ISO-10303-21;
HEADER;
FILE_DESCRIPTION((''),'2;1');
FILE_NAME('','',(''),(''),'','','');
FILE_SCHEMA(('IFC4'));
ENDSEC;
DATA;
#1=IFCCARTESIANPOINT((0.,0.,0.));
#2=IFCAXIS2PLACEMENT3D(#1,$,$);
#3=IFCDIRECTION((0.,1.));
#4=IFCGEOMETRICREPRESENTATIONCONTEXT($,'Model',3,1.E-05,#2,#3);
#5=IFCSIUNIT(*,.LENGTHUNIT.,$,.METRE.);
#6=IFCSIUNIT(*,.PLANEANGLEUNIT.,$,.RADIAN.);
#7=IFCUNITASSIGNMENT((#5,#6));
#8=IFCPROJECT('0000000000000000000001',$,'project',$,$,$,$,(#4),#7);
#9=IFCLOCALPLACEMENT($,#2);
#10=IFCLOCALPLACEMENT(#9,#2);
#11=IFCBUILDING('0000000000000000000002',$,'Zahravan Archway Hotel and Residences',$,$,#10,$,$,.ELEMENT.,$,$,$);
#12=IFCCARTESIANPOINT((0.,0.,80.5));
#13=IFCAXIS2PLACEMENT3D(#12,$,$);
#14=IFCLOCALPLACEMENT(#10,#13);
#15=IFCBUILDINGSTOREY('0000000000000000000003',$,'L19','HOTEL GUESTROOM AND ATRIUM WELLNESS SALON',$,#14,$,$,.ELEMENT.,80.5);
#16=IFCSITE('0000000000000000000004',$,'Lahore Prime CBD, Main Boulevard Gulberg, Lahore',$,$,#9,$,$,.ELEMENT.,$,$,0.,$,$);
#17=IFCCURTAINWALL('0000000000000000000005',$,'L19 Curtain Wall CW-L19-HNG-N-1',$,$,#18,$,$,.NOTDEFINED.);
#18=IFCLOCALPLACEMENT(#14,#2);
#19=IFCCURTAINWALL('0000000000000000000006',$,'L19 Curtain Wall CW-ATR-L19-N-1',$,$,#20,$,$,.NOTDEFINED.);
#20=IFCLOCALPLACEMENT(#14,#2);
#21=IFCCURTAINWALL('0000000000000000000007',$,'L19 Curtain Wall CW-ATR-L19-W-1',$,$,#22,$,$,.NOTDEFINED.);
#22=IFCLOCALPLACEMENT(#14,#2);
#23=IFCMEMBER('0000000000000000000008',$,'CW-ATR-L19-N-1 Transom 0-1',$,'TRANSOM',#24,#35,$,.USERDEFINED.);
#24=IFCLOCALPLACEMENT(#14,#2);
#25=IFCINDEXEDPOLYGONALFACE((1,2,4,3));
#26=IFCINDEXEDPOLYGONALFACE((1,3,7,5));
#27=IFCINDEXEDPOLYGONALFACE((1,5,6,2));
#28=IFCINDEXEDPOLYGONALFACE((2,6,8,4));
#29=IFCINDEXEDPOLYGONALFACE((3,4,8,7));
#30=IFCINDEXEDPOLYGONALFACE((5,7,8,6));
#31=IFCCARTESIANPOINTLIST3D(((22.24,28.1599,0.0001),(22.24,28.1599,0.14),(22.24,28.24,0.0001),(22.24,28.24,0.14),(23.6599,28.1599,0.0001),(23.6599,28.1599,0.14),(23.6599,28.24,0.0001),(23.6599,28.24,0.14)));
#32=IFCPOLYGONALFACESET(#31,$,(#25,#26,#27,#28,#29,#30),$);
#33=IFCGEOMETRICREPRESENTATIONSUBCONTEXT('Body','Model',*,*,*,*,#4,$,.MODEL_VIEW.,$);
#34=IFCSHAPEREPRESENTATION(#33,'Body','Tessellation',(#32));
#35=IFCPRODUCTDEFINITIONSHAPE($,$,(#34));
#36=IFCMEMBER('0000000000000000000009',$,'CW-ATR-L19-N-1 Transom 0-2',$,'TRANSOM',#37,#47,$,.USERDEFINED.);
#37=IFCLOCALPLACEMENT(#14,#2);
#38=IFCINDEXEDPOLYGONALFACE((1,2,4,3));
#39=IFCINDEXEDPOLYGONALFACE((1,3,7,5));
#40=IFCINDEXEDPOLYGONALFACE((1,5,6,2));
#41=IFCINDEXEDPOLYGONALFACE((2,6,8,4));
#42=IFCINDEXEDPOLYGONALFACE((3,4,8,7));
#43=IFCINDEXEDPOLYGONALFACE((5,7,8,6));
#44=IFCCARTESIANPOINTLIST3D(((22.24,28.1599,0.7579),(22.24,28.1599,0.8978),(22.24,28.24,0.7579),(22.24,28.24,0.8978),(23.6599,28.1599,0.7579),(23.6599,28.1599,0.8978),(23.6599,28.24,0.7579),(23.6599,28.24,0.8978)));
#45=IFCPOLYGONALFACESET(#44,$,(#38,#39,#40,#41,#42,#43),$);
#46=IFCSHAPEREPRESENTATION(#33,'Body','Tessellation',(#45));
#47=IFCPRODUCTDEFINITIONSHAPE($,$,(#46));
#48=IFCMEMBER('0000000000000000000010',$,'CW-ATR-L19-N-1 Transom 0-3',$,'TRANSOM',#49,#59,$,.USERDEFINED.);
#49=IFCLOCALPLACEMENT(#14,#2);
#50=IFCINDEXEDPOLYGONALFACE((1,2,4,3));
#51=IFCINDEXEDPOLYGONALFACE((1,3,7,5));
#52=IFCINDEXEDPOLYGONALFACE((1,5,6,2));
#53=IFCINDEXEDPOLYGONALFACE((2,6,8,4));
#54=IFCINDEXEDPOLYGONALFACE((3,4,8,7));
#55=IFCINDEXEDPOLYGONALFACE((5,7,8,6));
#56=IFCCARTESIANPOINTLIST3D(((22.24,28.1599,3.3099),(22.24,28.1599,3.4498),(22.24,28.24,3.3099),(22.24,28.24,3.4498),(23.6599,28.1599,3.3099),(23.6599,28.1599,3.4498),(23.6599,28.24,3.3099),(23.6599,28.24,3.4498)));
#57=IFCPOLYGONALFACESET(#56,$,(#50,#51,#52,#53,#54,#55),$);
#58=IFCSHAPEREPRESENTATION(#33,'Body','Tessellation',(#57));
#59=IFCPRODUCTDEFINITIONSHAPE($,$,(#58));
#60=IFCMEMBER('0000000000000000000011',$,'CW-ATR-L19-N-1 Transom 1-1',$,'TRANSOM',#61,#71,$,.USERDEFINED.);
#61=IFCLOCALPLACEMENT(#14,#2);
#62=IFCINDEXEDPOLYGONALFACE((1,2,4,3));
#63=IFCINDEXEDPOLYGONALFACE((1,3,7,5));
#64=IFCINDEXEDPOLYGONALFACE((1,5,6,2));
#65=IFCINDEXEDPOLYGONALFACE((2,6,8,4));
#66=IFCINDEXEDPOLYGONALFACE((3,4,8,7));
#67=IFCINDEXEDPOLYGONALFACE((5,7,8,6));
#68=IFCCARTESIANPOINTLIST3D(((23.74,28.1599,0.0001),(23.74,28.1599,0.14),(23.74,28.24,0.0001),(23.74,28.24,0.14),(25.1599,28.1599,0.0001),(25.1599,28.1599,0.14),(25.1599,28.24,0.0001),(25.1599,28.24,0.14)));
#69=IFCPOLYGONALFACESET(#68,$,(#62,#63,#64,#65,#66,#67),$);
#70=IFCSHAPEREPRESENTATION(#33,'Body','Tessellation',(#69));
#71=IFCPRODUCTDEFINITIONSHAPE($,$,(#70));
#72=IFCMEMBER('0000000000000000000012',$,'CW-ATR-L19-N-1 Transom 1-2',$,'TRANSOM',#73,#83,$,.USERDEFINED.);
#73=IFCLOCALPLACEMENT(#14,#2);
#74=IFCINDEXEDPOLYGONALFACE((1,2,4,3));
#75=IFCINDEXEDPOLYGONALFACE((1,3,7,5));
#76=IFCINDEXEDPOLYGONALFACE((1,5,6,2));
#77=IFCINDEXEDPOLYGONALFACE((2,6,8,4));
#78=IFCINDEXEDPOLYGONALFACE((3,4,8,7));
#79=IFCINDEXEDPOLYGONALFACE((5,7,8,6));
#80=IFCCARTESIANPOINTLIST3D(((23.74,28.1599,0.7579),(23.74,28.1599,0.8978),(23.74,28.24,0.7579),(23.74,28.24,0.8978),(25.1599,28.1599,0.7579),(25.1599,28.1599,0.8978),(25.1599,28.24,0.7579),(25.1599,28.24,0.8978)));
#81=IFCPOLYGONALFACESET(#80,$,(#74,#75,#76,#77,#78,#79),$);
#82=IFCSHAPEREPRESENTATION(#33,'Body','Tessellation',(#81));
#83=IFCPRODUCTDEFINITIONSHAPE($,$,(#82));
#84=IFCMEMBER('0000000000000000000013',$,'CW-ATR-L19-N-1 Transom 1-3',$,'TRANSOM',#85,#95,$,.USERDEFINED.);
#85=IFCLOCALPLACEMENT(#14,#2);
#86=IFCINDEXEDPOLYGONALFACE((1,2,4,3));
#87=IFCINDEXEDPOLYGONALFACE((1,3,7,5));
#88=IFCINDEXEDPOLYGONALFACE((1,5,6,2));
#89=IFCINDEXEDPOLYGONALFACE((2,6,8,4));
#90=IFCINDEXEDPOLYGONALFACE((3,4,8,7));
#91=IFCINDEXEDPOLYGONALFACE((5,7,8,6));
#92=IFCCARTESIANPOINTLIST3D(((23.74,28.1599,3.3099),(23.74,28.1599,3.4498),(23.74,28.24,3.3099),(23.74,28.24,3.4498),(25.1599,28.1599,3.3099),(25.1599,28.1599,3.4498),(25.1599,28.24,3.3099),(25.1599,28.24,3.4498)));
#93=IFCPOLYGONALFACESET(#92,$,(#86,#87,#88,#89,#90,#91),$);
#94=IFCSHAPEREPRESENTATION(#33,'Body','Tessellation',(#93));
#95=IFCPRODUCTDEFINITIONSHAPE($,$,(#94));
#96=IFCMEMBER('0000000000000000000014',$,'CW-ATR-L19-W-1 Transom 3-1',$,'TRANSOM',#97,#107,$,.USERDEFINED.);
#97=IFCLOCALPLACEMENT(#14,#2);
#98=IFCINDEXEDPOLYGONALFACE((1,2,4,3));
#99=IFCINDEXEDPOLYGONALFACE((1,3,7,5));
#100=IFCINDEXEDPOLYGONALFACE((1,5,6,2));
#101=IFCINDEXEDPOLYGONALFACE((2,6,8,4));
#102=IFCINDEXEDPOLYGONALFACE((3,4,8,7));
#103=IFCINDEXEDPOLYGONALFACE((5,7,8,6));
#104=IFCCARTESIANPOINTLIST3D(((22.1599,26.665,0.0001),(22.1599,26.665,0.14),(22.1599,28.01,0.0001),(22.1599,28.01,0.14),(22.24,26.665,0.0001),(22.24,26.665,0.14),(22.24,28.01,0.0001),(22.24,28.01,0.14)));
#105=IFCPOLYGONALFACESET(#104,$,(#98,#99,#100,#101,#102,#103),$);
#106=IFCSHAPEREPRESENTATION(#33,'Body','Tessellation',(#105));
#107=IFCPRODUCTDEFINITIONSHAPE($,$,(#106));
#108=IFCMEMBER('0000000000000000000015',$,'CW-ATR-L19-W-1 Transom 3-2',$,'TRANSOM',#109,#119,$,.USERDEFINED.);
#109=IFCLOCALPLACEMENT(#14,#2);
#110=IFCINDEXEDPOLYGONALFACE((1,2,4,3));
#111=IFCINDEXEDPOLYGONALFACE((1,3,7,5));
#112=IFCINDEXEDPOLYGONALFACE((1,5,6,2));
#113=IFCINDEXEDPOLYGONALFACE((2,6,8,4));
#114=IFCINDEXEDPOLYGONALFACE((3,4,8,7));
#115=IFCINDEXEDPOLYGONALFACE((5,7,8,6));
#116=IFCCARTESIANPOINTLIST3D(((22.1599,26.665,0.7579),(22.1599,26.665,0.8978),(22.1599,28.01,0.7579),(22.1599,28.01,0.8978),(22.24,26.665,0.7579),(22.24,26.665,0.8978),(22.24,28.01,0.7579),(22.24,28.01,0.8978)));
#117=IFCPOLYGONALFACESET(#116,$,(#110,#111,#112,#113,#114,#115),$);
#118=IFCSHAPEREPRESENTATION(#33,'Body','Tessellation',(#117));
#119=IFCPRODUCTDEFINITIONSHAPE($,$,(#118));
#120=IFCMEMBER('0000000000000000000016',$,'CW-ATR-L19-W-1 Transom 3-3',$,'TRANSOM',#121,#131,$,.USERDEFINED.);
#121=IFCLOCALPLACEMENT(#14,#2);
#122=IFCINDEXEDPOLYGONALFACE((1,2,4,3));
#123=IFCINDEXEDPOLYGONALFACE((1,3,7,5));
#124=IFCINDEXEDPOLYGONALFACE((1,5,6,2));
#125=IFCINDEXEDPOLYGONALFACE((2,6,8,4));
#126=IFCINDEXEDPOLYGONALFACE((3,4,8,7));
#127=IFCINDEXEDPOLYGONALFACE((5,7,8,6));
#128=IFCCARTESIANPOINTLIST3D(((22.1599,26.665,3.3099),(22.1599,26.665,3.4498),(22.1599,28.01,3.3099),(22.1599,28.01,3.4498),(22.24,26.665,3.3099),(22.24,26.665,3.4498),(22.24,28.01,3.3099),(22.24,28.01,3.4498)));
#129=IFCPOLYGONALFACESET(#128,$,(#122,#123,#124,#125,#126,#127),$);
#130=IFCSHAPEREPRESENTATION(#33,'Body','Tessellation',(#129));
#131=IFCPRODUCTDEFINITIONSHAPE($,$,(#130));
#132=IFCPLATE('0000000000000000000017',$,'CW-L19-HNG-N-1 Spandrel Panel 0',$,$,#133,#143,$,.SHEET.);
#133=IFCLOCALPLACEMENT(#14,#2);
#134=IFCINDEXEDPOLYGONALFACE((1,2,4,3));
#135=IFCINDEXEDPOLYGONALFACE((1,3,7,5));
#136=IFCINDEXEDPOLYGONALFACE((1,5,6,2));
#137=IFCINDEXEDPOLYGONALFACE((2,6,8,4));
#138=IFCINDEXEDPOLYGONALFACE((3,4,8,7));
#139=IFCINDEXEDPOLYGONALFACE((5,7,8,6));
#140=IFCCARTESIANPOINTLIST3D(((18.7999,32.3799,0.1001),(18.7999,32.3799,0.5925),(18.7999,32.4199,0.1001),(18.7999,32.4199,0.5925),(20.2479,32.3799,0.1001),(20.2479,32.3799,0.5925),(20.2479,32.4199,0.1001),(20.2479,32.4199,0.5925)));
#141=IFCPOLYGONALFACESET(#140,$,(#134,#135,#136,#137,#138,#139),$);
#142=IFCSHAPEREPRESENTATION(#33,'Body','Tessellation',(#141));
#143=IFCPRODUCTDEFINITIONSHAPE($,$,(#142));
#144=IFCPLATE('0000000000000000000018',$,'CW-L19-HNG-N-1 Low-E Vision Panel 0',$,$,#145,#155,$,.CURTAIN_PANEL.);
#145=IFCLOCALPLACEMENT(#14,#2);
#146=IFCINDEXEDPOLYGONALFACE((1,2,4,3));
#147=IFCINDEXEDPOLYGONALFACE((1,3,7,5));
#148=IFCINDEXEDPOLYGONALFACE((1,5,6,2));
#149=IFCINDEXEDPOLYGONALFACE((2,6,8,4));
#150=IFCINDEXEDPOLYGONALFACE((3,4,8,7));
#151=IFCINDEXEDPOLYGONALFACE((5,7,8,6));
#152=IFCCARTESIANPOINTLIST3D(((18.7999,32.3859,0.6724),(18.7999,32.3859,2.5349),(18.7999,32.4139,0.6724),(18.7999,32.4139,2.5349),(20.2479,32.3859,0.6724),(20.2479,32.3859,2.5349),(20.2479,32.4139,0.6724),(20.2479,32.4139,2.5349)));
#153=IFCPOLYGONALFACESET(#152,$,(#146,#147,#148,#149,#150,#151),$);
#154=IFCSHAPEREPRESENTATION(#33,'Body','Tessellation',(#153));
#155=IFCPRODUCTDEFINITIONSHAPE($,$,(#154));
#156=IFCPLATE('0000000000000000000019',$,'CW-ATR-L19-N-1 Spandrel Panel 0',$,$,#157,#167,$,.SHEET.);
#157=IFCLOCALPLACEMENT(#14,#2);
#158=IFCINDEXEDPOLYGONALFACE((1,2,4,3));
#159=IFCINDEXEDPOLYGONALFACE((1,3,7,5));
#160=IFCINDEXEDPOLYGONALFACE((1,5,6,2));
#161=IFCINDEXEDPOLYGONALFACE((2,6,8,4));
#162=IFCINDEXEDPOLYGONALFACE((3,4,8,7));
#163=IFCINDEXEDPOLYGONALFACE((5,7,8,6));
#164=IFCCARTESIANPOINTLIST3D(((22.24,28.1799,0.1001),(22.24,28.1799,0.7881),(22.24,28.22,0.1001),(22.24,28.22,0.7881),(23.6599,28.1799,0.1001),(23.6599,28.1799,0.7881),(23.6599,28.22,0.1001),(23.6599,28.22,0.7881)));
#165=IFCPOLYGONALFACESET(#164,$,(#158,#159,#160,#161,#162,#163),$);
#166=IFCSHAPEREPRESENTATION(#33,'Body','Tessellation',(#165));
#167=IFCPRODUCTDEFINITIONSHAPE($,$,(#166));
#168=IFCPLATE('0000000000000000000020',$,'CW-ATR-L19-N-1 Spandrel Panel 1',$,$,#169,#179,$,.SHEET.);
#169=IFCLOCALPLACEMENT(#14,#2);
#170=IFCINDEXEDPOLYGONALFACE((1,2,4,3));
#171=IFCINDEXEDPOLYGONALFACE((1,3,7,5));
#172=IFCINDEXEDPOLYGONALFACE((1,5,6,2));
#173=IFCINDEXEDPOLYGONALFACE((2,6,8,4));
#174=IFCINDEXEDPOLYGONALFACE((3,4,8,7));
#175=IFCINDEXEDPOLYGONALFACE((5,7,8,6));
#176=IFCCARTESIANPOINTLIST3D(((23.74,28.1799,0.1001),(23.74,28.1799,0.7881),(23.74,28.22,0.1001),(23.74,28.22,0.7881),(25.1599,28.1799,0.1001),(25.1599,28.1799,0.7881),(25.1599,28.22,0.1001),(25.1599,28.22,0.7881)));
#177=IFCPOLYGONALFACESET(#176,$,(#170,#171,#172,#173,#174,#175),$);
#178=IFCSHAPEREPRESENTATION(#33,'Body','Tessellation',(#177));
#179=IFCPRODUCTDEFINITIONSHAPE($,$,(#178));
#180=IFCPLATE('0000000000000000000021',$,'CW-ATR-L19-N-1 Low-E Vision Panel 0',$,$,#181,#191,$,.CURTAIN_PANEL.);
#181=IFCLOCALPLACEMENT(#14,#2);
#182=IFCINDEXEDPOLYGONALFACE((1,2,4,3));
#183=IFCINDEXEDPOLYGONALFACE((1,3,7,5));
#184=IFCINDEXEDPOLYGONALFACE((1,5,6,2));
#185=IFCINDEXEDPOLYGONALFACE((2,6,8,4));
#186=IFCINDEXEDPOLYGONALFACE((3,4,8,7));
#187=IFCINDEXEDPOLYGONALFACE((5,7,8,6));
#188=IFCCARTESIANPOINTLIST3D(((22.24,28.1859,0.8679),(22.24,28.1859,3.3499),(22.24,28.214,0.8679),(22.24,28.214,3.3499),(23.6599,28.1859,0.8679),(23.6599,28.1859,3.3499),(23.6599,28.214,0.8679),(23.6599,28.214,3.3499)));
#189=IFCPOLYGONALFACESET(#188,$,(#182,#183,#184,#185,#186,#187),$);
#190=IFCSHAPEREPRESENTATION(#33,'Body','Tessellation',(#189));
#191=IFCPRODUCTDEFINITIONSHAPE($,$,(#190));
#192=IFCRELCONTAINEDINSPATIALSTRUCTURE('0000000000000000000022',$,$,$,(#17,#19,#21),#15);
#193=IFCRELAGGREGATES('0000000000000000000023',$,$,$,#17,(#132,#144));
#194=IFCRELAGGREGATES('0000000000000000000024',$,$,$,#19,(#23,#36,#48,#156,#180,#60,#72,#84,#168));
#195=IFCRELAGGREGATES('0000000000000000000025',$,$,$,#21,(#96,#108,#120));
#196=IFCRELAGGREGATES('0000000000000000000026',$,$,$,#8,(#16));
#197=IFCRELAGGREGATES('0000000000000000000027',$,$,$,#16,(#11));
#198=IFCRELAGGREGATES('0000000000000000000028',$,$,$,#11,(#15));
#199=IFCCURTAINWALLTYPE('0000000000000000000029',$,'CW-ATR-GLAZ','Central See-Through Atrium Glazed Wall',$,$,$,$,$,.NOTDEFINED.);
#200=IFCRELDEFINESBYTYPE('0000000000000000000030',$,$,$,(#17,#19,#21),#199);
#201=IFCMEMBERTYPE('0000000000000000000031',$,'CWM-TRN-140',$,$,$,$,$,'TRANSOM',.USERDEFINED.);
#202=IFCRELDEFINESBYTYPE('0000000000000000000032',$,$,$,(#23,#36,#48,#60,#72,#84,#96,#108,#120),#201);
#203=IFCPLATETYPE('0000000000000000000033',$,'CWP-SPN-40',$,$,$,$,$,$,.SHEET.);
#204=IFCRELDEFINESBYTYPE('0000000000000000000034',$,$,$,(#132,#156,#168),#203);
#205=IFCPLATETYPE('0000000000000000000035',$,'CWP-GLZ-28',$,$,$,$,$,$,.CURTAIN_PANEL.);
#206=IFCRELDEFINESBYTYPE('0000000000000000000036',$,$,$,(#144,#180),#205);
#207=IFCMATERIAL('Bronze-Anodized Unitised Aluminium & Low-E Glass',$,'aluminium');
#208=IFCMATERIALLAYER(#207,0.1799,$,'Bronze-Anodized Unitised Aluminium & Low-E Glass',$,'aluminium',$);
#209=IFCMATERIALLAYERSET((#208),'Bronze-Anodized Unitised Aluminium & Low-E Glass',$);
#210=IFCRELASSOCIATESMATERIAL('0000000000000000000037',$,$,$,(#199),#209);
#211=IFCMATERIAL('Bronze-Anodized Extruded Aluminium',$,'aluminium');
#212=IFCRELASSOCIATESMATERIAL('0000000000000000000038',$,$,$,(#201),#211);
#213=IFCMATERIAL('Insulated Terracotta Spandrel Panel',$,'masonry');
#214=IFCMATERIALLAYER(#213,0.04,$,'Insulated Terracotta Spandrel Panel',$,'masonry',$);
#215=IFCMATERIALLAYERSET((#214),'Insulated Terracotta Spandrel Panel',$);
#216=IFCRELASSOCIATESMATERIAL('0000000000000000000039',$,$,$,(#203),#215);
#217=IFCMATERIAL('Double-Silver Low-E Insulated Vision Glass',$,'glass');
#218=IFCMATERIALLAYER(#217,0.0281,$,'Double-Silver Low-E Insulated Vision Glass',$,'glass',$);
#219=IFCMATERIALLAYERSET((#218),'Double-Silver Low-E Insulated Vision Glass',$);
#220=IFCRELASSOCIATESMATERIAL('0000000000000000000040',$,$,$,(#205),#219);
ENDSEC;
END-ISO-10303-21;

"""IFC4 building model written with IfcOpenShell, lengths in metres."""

from ifc_helpers import new_model, si_unit, direction, frame, origin, origin_2d, place, context, subcontext, project, spatial, rectangle, extrude, source, transform, mapped, material, layer, layer_set, material_profile, profile_set, type_object, element, aggregate, save


model = new_model("IFC4")

# Units and contexts
model_context = context("Model", 3, precision=1e-05, world=origin(), true_north=direction((0.0, 1.0)))
body_context = subcontext(model_context, "Body", "Model", "MODEL_VIEW")
ifc_project = project(units=[si_unit("LENGTHUNIT", "METRE"), si_unit("PLANEANGLEUNIT", "RADIAN")], contexts=[model_context])

# Site, building, storey
site_placement = place(None, origin())
site = spatial("IfcSite", under=ifc_project, at=site_placement, Name="Lahore Prime CBD, Main Boulevard Gulberg, Lahore", CompositionType="ELEMENT", RefElevation=0.0)
building_placement = place(site_placement, origin())
building = spatial("IfcBuilding", under=site, at=building_placement, Name="Zahravan Archway Hotel and Residences", CompositionType="ELEMENT")
storey_placement = place(building_placement, frame((0.0, 0.0, 80.5)))
storey = spatial("IfcBuildingStorey", under=building, at=storey_placement, Name="L19", Description="HOTEL GUESTROOM AND ATRIUM WELLNESS SALON", CompositionType="ELEMENT", Elevation=80.5)

# Curtain walls
ifc_material_1 = material(Name="Bronze-Anodized Unitised Aluminium & Low-E Glass", Category="aluminium")
ifc_layer_1 = layer(ifc_material_1, 0.1799, Name="Bronze-Anodized Unitised Aluminium & Low-E Glass", Category="aluminium")
ifc_layer_set_1 = layer_set([ifc_layer_1], Name="Bronze-Anodized Unitised Aluminium & Low-E Glass")
curtain_wall_type = type_object("IfcCurtainWallType", Name="CW-ATR-GLAZ", Description="Central See-Through Atrium Glazed Wall", PredefinedType="NOTDEFINED", material=ifc_layer_set_1)
curtain_wall_1_placement = place(storey_placement, origin())
curtain_wall_1 = element("IfcCurtainWall", 1, at=curtain_wall_1_placement, inside=storey, type_object=curtain_wall_type, Name="L19 Curtain Wall CW-L19-HNG-N-1", PredefinedType="NOTDEFINED")
ifc_material_2 = material(Name="Bronze-Anodized Extruded Aluminium", Category="aluminium")
ifc_material_profile_1 = material_profile(ifc_material_2, rectangle(XDim=0.0801, YDim=0.1399, at=origin_2d()), Name="TRN 80x140", Category="aluminium")
ifc_profile_set_1 = profile_set([ifc_material_profile_1], Name="Bronze-Anodized Extruded Aluminium")
member_type_1 = type_object("IfcMemberType", Name="CWM-TRN-140", ElementType="TRANSOM", PredefinedType="USERDEFINED", material=ifc_profile_set_1)
curtain_wall_2_placement = place(storey_placement, origin())
curtain_wall_2 = element("IfcCurtainWall", 2, at=curtain_wall_2_placement, inside=storey, type_object=curtain_wall_type, Name="L19 Curtain Wall CW-ATR-L19-N-1", PredefinedType="NOTDEFINED")
curtain_wall_3_placement = place(storey_placement, origin())
curtain_wall_3 = element("IfcCurtainWall", 3, at=curtain_wall_3_placement, inside=storey, type_object=curtain_wall_type, Name="L19 Curtain Wall CW-ATR-L19-W-1", PredefinedType="NOTDEFINED")

# Members
shared_shape_1 = source(origin(), body_context, "Body", "SweptSolid", [
    extrude(rectangle(XDim=0.0801, YDim=0.1399, at=origin_2d()), origin(), (0.0, 0.0, 1.0), 1.4199),
])
member_1_placement = place(storey_placement, frame((22.24, 28.2, 0.0701), z_axis=(1.0, 0.0, 0.0), x_axis=(0.0, 1.0, 0.0)))
member_1 = element("IfcMember", 4, at=member_1_placement, type_object=member_type_1, Name="CW-ATR-L19-N-1 Transom 0-1", ObjectType="TRANSOM", PredefinedType="USERDEFINED", context=body_context, shape_type="MappedRepresentation", body=[
    mapped(shared_shape_1, transform((0.0, 0.0, 0.0), scale=1.0)),
])
member_2_placement = place(storey_placement, frame((22.24, 28.2, 0.8279), z_axis=(1.0, 0.0, 0.0), x_axis=(0.0, 1.0, 0.0)))
member_2 = element("IfcMember", 5, at=member_2_placement, type_object=member_type_1, Name="CW-ATR-L19-N-1 Transom 0-2", ObjectType="TRANSOM", PredefinedType="USERDEFINED", context=body_context, shape_type="MappedRepresentation", body=[
    mapped(shared_shape_1, transform((0.0, 0.0, 0.0), scale=1.0)),
])
member_3_placement = place(storey_placement, frame((22.24, 28.2, 3.3799), z_axis=(1.0, 0.0, 0.0), x_axis=(0.0, 1.0, 0.0)))
member_3 = element("IfcMember", 6, at=member_3_placement, type_object=member_type_1, Name="CW-ATR-L19-N-1 Transom 0-3", ObjectType="TRANSOM", PredefinedType="USERDEFINED", context=body_context, shape_type="MappedRepresentation", body=[
    mapped(shared_shape_1, transform((0.0, 0.0, 0.0), scale=1.0)),
])
member_4_placement = place(storey_placement, frame((23.74, 28.2, 0.0701), z_axis=(1.0, 0.0, 0.0), x_axis=(0.0, 1.0, 0.0)))
member_4 = element("IfcMember", 7, at=member_4_placement, type_object=member_type_1, Name="CW-ATR-L19-N-1 Transom 1-1", ObjectType="TRANSOM", PredefinedType="USERDEFINED", context=body_context, shape_type="MappedRepresentation", body=[
    mapped(shared_shape_1, transform((0.0, 0.0, 0.0), scale=1.0)),
])
member_5_placement = place(storey_placement, frame((23.74, 28.2, 0.8279), z_axis=(1.0, 0.0, 0.0), x_axis=(0.0, 1.0, 0.0)))
member_5 = element("IfcMember", 8, at=member_5_placement, type_object=member_type_1, Name="CW-ATR-L19-N-1 Transom 1-2", ObjectType="TRANSOM", PredefinedType="USERDEFINED", context=body_context, shape_type="MappedRepresentation", body=[
    mapped(shared_shape_1, transform((0.0, 0.0, 0.0), scale=1.0)),
])
member_6_placement = place(storey_placement, frame((23.74, 28.2, 3.3799), z_axis=(1.0, 0.0, 0.0), x_axis=(0.0, 1.0, 0.0)))
member_6 = element("IfcMember", 9, at=member_6_placement, type_object=member_type_1, Name="CW-ATR-L19-N-1 Transom 1-3", ObjectType="TRANSOM", PredefinedType="USERDEFINED", context=body_context, shape_type="MappedRepresentation", body=[
    mapped(shared_shape_1, transform((0.0, 0.0, 0.0), scale=1.0)),
])
shared_shape_2 = source(origin(), body_context, "Body", "SweptSolid", [
    extrude(rectangle(XDim=0.0801, YDim=0.1399, at=origin_2d()), origin(), (0.0, 0.0, 1.0), 1.345),
])
member_7_placement = place(storey_placement, frame((22.2, 26.665, 0.0701), z_axis=(0.0, 1.0, 0.0), x_axis=(-1.0, 0.0, 0.0)))
member_7 = element("IfcMember", 10, at=member_7_placement, type_object=member_type_1, Name="CW-ATR-L19-W-1 Transom 3-1", ObjectType="TRANSOM", PredefinedType="USERDEFINED", context=body_context, shape_type="MappedRepresentation", body=[
    mapped(shared_shape_2, transform((0.0, 0.0, 0.0), scale=1.0)),
])
member_8_placement = place(storey_placement, frame((22.2, 26.665, 0.8279), z_axis=(0.0, 1.0, 0.0), x_axis=(-1.0, 0.0, 0.0)))
member_8 = element("IfcMember", 11, at=member_8_placement, type_object=member_type_1, Name="CW-ATR-L19-W-1 Transom 3-2", ObjectType="TRANSOM", PredefinedType="USERDEFINED", context=body_context, shape_type="MappedRepresentation", body=[
    mapped(shared_shape_2, transform((0.0, 0.0, 0.0), scale=1.0)),
])
member_9_placement = place(storey_placement, frame((22.2, 26.665, 3.3799), z_axis=(0.0, 1.0, 0.0), x_axis=(-1.0, 0.0, 0.0)))
member_9 = element("IfcMember", 12, at=member_9_placement, type_object=member_type_1, Name="CW-ATR-L19-W-1 Transom 3-3", ObjectType="TRANSOM", PredefinedType="USERDEFINED", context=body_context, shape_type="MappedRepresentation", body=[
    mapped(shared_shape_2, transform((0.0, 0.0, 0.0), scale=1.0)),
])

# Plates
ifc_material_3 = material(Name="Insulated Terracotta Spandrel Panel", Category="masonry")
ifc_layer_2 = layer(ifc_material_3, 0.04, Name="Insulated Terracotta Spandrel Panel", Category="masonry")
ifc_layer_set_2 = layer_set([ifc_layer_2], Name="Insulated Terracotta Spandrel Panel")
plate_type_1 = type_object("IfcPlateType", Name="CWP-SPN-40", PredefinedType="SHEET", material=ifc_layer_set_2)
shared_shape_3 = source(origin(), body_context, "Body", "SweptSolid", [
    extrude(rectangle(XDim=1.448, YDim=0.04, at=origin_2d()), origin(), (0.0, 0.0, 1.0), 0.4924),
])
plate_1_placement = place(storey_placement, frame((19.5239, 32.3999, 0.1001), z_axis=(0.0, 0.0, 1.0), x_axis=(1.0, 0.0, 0.0)))
plate_1 = element("IfcPlate", 13, at=plate_1_placement, type_object=plate_type_1, Name="CW-L19-HNG-N-1 Spandrel Panel 0", PredefinedType="SHEET", context=body_context, shape_type="MappedRepresentation", body=[
    mapped(shared_shape_3, transform((0.0, 0.0, 0.0), scale=1.0)),
])
ifc_material_4 = material(Name="Double-Silver Low-E Insulated Vision Glass", Category="glass")
ifc_layer_3 = layer(ifc_material_4, 0.0281, Name="Double-Silver Low-E Insulated Vision Glass", Category="glass")
ifc_layer_set_3 = layer_set([ifc_layer_3], Name="Double-Silver Low-E Insulated Vision Glass")
plate_type_2 = type_object("IfcPlateType", Name="CWP-GLZ-28", PredefinedType="CURTAIN_PANEL", material=ifc_layer_set_3)
shared_shape_4 = source(origin(), body_context, "Body", "SweptSolid", [
    extrude(rectangle(XDim=1.448, YDim=0.0281, at=origin_2d()), origin(), (0.0, 0.0, 1.0), 1.8625),
])
plate_2_placement = place(storey_placement, frame((19.5239, 32.3999, 0.6724), z_axis=(0.0, 0.0, 1.0), x_axis=(1.0, 0.0, 0.0)))
plate_2 = element("IfcPlate", 14, at=plate_2_placement, type_object=plate_type_2, Name="CW-L19-HNG-N-1 Low-E Vision Panel 0", PredefinedType="CURTAIN_PANEL", context=body_context, shape_type="MappedRepresentation", body=[
    mapped(shared_shape_4, transform((0.0, 0.0, 0.0), scale=1.0)),
])
aggregate(curtain_wall_1, [plate_1, plate_2])
shared_shape_5 = source(origin(), body_context, "Body", "SweptSolid", [
    extrude(rectangle(XDim=1.4199, YDim=0.04, at=origin_2d()), origin(), (0.0, 0.0, 1.0), 0.688),
])
plate_3_placement = place(storey_placement, frame((22.95, 28.2, 0.1001), z_axis=(0.0, 0.0, 1.0), x_axis=(1.0, 0.0, 0.0)))
plate_3 = element("IfcPlate", 15, at=plate_3_placement, type_object=plate_type_1, Name="CW-ATR-L19-N-1 Spandrel Panel 0", PredefinedType="SHEET", context=body_context, shape_type="MappedRepresentation", body=[
    mapped(shared_shape_5, transform((0.0, 0.0, 0.0), scale=1.0)),
])
plate_4_placement = place(storey_placement, frame((24.45, 28.2, 0.1001), z_axis=(0.0, 0.0, 1.0), x_axis=(1.0, 0.0, 0.0)))
plate_4 = element("IfcPlate", 16, at=plate_4_placement, type_object=plate_type_1, Name="CW-ATR-L19-N-1 Spandrel Panel 1", PredefinedType="SHEET", context=body_context, shape_type="MappedRepresentation", body=[
    mapped(shared_shape_5, transform((0.0, 0.0, 0.0), scale=1.0)),
])
shared_shape_6 = source(origin(), body_context, "Body", "SweptSolid", [
    extrude(rectangle(XDim=1.4199, YDim=0.0281, at=origin_2d()), origin(), (0.0, 0.0, 1.0), 2.4819),
])
plate_5_placement = place(storey_placement, frame((22.95, 28.2, 0.8679), z_axis=(0.0, 0.0, 1.0), x_axis=(1.0, 0.0, 0.0)))
plate_5 = element("IfcPlate", 17, at=plate_5_placement, type_object=plate_type_2, Name="CW-ATR-L19-N-1 Low-E Vision Panel 0", PredefinedType="CURTAIN_PANEL", context=body_context, shape_type="MappedRepresentation", body=[
    mapped(shared_shape_6, transform((0.0, 0.0, 0.0), scale=1.0)),
])
aggregate(curtain_wall_2, [member_1, member_2, member_3, plate_3, plate_5, member_4, member_5, member_6, plate_4])
aggregate(curtain_wall_3, [member_7, member_8, member_9])

save(model, "model.ifc")
